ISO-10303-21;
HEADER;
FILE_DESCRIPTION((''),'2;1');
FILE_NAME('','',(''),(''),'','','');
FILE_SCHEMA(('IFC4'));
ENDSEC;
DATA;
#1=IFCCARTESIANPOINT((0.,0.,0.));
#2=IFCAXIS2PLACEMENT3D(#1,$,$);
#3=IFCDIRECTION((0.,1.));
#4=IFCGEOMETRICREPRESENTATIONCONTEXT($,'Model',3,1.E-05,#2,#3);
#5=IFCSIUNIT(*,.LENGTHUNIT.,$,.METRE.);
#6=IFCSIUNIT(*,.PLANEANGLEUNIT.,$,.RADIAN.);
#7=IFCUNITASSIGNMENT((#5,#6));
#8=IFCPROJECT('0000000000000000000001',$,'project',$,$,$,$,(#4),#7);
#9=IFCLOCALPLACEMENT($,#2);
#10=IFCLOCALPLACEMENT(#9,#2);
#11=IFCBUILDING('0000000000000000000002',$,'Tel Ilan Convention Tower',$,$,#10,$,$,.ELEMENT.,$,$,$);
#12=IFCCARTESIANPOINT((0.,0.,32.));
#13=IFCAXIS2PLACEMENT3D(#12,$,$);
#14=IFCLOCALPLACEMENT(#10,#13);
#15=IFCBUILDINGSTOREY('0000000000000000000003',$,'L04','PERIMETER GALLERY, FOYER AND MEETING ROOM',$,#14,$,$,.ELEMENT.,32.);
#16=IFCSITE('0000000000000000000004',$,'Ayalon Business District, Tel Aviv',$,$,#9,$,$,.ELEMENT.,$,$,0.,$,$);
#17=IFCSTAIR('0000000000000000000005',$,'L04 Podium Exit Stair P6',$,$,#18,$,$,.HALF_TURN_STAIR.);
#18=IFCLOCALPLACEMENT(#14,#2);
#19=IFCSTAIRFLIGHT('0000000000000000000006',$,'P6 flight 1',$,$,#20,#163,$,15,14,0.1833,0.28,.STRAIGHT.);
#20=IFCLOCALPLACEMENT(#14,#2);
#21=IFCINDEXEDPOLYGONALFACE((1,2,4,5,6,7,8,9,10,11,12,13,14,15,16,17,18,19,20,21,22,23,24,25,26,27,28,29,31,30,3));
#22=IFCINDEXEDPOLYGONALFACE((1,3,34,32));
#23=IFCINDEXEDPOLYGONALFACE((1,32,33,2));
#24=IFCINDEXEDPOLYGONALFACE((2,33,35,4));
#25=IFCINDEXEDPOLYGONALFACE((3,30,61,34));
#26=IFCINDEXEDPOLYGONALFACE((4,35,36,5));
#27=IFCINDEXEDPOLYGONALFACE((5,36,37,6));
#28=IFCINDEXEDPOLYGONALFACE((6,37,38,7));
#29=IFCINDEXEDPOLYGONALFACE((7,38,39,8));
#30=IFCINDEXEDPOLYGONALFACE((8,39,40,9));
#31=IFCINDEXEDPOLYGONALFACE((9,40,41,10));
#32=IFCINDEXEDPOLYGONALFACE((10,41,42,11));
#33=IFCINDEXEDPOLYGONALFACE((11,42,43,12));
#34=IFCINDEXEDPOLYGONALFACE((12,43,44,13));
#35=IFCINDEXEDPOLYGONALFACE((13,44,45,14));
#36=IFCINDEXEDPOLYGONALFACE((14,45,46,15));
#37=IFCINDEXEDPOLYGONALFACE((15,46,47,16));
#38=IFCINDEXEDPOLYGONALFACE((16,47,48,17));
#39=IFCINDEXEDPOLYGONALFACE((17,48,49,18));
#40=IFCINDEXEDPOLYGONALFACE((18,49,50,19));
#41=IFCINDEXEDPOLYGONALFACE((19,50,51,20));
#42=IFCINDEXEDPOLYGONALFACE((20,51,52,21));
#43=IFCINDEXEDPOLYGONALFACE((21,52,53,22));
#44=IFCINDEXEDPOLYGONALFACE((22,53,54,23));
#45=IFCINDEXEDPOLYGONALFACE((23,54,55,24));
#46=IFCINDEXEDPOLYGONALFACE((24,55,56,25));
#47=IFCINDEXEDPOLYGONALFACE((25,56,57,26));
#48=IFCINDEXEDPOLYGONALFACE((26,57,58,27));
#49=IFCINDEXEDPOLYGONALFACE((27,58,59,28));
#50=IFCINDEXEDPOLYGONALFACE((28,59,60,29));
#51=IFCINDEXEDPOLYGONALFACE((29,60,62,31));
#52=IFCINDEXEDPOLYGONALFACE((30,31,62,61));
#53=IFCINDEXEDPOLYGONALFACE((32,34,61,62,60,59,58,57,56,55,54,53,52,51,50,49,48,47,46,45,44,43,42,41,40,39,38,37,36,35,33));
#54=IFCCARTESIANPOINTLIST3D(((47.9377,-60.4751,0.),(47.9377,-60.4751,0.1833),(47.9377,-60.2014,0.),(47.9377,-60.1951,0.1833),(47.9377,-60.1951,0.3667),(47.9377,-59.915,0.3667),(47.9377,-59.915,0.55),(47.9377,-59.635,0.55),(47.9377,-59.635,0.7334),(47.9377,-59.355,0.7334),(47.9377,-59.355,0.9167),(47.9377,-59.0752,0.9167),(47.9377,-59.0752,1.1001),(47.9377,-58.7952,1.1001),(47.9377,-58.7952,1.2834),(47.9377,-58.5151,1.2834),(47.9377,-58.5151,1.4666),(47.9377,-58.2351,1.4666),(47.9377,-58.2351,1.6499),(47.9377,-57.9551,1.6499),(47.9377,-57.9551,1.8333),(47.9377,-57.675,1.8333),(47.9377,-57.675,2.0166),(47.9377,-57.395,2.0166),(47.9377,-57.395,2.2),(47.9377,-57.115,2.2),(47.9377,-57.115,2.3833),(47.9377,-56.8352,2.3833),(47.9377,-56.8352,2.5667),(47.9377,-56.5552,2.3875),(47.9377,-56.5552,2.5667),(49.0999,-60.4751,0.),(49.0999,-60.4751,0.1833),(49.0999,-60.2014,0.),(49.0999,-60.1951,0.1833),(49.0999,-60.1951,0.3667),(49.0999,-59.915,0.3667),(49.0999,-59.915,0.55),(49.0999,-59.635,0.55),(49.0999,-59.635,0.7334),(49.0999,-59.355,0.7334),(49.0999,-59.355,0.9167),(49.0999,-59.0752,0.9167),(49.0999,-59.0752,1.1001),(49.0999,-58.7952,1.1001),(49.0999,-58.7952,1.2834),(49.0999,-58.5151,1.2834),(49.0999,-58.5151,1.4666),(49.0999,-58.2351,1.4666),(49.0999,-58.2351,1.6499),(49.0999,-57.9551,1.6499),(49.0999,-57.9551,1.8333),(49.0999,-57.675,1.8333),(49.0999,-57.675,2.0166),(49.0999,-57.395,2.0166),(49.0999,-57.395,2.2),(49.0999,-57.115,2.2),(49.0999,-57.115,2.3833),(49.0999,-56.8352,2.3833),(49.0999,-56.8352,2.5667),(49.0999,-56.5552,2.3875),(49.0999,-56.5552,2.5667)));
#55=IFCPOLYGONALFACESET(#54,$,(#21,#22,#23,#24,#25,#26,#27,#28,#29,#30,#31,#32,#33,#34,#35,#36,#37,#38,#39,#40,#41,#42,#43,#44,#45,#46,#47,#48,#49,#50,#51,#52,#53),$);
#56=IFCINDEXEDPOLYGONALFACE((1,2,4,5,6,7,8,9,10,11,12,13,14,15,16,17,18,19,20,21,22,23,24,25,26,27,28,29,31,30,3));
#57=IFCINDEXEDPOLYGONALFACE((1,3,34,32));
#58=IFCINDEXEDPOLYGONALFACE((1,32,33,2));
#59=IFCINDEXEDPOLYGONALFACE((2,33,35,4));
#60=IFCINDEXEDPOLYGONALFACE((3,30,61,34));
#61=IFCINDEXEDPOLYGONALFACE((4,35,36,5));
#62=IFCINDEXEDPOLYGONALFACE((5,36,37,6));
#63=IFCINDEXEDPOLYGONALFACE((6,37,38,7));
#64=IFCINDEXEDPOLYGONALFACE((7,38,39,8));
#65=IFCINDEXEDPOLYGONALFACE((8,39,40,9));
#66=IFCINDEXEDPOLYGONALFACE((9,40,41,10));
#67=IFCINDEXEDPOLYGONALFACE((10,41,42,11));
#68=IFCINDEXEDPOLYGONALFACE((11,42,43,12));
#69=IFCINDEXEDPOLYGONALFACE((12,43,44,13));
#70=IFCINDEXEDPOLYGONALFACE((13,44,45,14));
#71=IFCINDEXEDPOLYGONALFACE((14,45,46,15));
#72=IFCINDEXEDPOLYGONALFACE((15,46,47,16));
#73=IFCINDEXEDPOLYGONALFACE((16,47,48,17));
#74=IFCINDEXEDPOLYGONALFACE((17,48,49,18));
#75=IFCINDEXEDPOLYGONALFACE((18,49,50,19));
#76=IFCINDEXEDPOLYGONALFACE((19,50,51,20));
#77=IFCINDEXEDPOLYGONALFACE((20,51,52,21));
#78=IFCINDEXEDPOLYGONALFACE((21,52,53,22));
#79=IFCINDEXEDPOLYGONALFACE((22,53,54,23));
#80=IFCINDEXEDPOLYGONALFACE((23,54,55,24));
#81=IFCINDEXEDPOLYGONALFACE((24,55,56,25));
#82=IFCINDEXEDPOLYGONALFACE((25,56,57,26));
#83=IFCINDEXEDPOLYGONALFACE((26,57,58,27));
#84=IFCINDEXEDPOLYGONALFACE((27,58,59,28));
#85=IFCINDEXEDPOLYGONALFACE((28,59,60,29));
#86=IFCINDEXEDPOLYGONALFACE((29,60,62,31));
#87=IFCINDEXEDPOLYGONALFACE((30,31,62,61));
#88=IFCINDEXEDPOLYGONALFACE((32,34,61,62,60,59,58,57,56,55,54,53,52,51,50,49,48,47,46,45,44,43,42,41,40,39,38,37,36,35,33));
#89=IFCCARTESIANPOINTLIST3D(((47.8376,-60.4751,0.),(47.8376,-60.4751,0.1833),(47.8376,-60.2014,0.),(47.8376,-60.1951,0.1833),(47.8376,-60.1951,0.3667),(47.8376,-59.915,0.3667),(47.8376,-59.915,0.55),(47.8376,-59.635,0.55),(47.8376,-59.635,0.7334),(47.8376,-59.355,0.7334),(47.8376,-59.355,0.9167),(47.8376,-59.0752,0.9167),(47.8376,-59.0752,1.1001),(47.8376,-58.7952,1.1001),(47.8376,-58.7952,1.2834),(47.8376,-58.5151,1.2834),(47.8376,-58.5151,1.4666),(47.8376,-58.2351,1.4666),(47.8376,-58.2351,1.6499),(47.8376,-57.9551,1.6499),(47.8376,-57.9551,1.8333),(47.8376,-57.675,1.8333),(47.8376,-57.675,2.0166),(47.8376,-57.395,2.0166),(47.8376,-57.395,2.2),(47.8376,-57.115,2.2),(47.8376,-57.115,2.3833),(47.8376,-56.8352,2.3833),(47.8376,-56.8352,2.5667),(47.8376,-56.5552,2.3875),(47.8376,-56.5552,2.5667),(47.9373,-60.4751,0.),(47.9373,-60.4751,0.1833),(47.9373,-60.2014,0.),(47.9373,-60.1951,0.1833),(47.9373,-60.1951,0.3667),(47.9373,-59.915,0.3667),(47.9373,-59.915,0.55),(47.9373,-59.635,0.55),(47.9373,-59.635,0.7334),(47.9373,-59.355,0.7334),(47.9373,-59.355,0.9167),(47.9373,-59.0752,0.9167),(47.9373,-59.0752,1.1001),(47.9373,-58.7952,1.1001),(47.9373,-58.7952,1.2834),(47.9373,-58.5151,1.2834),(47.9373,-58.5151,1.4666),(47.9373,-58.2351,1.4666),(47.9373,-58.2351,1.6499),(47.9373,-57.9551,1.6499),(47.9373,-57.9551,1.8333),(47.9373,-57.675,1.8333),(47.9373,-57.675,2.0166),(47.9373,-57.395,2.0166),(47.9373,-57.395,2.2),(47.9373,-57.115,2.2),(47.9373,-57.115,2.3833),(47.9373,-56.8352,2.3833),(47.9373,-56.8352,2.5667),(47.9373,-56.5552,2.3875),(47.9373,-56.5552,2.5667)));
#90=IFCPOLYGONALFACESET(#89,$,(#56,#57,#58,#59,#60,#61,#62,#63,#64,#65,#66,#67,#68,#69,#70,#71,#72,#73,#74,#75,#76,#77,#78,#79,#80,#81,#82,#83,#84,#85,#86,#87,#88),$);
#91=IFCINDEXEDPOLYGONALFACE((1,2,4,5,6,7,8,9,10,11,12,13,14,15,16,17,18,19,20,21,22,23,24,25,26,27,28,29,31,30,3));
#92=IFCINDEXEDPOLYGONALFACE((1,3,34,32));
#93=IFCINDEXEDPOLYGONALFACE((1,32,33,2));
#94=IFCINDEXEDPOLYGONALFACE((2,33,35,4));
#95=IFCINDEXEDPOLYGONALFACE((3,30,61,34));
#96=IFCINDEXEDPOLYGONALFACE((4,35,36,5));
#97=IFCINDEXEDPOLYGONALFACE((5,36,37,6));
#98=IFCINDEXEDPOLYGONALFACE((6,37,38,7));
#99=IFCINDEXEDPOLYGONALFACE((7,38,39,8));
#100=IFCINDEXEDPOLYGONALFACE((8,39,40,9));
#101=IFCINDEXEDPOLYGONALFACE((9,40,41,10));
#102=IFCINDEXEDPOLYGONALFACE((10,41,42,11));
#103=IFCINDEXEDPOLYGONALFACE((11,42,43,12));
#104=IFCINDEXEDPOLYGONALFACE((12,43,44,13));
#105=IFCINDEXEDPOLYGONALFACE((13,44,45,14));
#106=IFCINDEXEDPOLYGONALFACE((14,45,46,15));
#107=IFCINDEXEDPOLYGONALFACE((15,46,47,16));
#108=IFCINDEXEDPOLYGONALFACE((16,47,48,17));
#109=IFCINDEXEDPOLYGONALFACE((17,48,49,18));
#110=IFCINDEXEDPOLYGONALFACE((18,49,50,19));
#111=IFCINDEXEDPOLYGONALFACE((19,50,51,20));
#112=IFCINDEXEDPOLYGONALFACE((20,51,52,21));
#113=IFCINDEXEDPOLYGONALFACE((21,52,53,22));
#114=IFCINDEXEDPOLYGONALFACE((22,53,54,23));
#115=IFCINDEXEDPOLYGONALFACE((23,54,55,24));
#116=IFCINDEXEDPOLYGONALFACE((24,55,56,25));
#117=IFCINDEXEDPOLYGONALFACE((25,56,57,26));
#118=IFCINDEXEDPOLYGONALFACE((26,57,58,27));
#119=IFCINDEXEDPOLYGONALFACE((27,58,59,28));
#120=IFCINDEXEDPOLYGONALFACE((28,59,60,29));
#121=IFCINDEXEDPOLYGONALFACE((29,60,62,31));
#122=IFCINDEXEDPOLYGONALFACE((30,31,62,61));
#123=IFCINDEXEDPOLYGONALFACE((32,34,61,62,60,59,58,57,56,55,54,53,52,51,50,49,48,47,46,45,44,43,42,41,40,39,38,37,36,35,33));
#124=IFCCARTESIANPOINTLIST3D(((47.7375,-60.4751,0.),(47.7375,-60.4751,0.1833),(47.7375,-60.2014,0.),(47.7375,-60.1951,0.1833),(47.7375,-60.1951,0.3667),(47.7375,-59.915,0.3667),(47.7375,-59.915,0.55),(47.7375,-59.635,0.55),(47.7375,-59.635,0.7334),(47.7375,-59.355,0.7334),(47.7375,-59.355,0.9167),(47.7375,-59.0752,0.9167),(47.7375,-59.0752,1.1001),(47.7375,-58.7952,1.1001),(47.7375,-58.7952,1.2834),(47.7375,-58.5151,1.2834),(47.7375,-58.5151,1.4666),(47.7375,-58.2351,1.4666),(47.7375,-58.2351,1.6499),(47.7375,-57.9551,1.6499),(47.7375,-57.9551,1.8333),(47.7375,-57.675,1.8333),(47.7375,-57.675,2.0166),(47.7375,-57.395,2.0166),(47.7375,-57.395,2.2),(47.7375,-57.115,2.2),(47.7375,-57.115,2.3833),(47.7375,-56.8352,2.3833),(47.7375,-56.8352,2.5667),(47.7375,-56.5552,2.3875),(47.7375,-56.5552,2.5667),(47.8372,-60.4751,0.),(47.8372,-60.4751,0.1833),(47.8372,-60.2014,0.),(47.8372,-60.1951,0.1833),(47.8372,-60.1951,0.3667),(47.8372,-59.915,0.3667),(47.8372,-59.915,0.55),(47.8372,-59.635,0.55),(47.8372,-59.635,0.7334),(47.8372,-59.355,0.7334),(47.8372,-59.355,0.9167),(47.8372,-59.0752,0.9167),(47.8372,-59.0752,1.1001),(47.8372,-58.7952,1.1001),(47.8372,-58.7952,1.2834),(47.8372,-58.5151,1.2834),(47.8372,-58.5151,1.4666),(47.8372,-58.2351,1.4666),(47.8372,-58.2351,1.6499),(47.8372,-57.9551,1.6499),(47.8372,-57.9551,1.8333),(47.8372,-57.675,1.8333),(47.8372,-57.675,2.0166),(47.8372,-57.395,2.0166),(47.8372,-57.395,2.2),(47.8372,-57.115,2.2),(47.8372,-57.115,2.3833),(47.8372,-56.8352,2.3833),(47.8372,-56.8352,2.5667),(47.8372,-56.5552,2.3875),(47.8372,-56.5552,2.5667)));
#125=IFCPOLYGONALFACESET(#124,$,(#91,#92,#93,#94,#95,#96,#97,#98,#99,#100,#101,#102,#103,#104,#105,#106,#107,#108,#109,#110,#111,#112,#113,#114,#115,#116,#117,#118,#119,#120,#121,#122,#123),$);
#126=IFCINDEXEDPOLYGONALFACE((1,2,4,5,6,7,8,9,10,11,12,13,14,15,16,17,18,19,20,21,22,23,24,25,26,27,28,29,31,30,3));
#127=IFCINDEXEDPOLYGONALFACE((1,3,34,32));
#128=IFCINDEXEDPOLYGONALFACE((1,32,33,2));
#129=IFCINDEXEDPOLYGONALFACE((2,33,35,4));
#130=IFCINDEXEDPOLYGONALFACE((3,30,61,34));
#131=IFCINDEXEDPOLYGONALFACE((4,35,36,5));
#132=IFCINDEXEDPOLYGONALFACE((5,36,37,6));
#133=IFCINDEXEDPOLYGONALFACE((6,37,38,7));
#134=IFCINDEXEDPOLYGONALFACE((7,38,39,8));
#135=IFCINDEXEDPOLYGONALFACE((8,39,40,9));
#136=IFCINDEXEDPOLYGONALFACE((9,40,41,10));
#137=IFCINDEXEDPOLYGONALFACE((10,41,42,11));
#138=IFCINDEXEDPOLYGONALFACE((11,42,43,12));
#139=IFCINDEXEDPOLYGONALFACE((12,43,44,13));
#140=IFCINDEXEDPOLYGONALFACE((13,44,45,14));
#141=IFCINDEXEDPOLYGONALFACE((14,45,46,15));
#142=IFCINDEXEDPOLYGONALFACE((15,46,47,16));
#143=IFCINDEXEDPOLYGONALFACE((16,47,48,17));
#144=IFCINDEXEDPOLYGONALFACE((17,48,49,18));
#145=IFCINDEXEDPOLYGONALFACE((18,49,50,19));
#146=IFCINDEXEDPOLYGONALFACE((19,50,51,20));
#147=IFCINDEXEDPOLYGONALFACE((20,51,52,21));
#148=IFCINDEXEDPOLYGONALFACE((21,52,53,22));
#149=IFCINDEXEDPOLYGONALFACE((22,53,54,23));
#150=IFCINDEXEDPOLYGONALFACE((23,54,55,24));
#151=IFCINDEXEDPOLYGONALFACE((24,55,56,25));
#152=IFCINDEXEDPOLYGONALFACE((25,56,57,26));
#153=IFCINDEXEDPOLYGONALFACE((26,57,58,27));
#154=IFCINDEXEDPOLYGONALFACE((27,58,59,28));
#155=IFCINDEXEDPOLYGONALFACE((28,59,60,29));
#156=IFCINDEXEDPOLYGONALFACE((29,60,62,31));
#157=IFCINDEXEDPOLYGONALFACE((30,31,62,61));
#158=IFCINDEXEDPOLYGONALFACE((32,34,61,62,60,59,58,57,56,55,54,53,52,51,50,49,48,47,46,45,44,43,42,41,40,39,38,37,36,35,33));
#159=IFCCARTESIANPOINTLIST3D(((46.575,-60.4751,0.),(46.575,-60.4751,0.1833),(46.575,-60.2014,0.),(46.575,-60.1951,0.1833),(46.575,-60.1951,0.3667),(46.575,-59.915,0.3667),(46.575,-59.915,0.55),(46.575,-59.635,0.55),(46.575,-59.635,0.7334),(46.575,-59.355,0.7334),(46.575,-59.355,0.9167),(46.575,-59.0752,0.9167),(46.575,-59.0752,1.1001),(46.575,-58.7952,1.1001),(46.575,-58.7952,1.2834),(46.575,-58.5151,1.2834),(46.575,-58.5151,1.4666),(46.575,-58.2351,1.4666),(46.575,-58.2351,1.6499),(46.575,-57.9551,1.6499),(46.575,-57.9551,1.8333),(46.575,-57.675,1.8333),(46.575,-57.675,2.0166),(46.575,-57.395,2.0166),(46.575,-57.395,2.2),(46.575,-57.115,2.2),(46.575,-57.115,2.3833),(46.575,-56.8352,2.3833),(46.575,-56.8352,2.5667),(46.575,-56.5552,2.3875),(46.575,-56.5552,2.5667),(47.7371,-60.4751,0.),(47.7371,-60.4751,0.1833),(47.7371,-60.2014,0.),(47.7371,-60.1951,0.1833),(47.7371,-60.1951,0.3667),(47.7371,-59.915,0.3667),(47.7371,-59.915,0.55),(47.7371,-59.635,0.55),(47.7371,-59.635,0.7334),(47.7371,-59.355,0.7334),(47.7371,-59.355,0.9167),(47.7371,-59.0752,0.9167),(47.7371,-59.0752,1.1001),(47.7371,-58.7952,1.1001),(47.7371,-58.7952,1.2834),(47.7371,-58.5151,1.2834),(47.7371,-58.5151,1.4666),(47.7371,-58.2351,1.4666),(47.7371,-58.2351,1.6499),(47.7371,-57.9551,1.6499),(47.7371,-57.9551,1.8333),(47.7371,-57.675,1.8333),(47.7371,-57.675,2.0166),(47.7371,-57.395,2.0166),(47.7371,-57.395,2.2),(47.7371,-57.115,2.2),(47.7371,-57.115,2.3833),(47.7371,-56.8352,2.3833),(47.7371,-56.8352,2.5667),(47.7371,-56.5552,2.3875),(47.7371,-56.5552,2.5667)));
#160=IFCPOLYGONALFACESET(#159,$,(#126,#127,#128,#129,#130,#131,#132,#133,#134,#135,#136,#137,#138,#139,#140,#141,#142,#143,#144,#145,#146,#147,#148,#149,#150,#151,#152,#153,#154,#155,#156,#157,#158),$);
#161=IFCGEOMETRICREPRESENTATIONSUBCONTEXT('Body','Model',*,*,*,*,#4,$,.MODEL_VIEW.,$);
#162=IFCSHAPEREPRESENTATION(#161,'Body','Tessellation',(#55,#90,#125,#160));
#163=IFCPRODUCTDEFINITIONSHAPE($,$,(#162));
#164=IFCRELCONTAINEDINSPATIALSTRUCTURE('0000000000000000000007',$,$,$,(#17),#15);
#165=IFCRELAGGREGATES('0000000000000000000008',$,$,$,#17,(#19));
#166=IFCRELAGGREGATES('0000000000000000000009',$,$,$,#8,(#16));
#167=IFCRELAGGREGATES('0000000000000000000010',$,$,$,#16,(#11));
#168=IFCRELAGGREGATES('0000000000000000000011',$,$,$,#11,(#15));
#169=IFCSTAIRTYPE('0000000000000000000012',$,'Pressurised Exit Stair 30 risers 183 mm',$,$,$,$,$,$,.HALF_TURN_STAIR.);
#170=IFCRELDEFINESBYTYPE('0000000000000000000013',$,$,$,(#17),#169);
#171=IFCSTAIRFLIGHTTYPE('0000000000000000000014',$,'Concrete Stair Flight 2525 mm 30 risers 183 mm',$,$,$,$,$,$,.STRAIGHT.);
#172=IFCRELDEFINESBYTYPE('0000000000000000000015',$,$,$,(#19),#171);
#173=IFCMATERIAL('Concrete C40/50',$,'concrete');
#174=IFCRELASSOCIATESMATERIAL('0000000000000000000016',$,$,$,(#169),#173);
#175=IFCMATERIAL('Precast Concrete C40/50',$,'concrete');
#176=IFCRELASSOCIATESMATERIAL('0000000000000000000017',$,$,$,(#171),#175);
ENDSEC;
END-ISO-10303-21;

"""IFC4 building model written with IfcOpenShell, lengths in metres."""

from ifc_helpers import new_model, si_unit, direction, frame, origin, place, context, subcontext, project, spatial, polyline, outline, extrude, material, type_object, element, aggregate, save


model = new_model("IFC4")

# Units and contexts
model_context = context("Model", 3, precision=1e-05, world=origin(), true_north=direction((0.0, 1.0)))
body_context = subcontext(model_context, "Body", "Model", "MODEL_VIEW")
ifc_project = project(units=[si_unit("LENGTHUNIT", "METRE"), si_unit("PLANEANGLEUNIT", "RADIAN")], contexts=[model_context])

# Site, building, storey
site_placement = place(None, origin())
site = spatial("IfcSite", under=ifc_project, at=site_placement, Name="Ayalon Business District, Tel Aviv", CompositionType="ELEMENT", RefElevation=0.0)
building_placement = place(site_placement, origin())
building = spatial("IfcBuilding", under=site, at=building_placement, Name="Tel Ilan Convention Tower", CompositionType="ELEMENT")
storey_placement = place(building_placement, frame((0.0, 0.0, 32.0)))
storey = spatial("IfcBuildingStorey", under=building, at=storey_placement, Name="L04", Description="PERIMETER GALLERY, FOYER AND MEETING ROOM", CompositionType="ELEMENT", Elevation=32.0)

# Stair, stair flight
ifc_material_1 = material(Name="Concrete C40/50", Category="concrete")
stair_type = type_object("IfcStairType", Name="Pressurised Exit Stair 30 risers 183 mm", PredefinedType="HALF_TURN_STAIR", material=ifc_material_1)
stair_1_placement = place(storey_placement, origin())
stair_1 = element("IfcStair", 1, at=stair_1_placement, inside=storey, type_object=stair_type, Name="L04 Podium Exit Stair P6", PredefinedType="HALF_TURN_STAIR")
ifc_material_2 = material(Name="Precast Concrete C40/50", Category="concrete")
stair_flight_type = type_object("IfcStairFlightType", Name="Concrete Stair Flight 2525 mm 30 risers 183 mm", PredefinedType="STRAIGHT", material=ifc_material_2)
stair_flight_1_placement = place(storey_placement, frame((47.8374, -60.4751, 0.0), z_axis=(0.0, 0.0, 1.0), x_axis=(0.0, 1.0, 0.0)))
stair_flight_1 = element("IfcStairFlight", 2, at=stair_flight_1_placement, type_object=stair_flight_type, Name="P6 flight 1", NumberOfRisers=15, NumberOfTreads=14, PredefinedType="STRAIGHT", RiserHeight=0.1833, TreadLength=0.28, context=body_context, shape_type="SweptSolid", body=[
    extrude(outline(polyline([(0.0, 0.0), (0.0, 0.1833), (0.28, 0.1833), (0.28, 0.3667), (0.5601, 0.3667), (0.5601, 0.55), (0.8401, 0.55), (0.8401, 0.7334), (1.1201, 0.7334), (1.1201, 0.9167), (1.3999, 0.9167), (1.3999, 1.1001), (1.6799, 1.1001), (1.6799, 1.2834), (1.96, 1.2834), (1.96, 1.4666), (2.24, 1.4666), (2.24, 1.6499), (2.52, 1.6499), (2.52, 1.8333), (2.8, 1.8333), (2.8, 2.0166), (3.0801, 2.0166), (3.0801, 2.2), (3.3601, 2.2), (3.3601, 2.3833), (3.6399, 2.3833), (3.6399, 2.5667), (3.9199, 2.5667), (3.9199, 2.75), (3.9199, 2.3875), (0.2737, 0.0), (0.0, 0.0)])), frame((0.0, -0.1003, 0.0), z_axis=(0.0, -1.0, 0.0), x_axis=(1.0, 0.0, 0.0)), (0.0, 0.0, 1.0), 1.1621),
    extrude(outline(polyline([(0.0, 0.0), (0.0, 0.1833), (0.28, 0.1833), (0.28, 0.3667), (0.5601, 0.3667), (0.5601, 0.55), (0.8401, 0.55), (0.8401, 0.7334), (1.1201, 0.7334), (1.1201, 0.9167), (1.3999, 0.9167), (1.3999, 1.1001), (1.6799, 1.1001), (1.6799, 1.2834), (1.96, 1.2834), (1.96, 1.4666), (2.24, 1.4666), (2.24, 1.6499), (2.52, 1.6499), (2.52, 1.8333), (2.8, 1.8333), (2.8, 2.0166), (3.0801, 2.0166), (3.0801, 2.2), (3.3601, 2.2), (3.3601, 2.3833), (3.6399, 2.3833), (3.6399, 2.5667), (3.9199, 2.5667), (3.9199, 2.75), (3.9199, 2.3875), (0.2737, 0.0), (0.0, 0.0)])), frame((0.0, -0.0002, 0.0), z_axis=(0.0, -1.0, 0.0), x_axis=(1.0, 0.0, 0.0)), (0.0, 0.0, 1.0), 0.0996),
    extrude(outline(polyline([(0.0, 0.0), (0.0, 0.1833), (0.28, 0.1833), (0.28, 0.3667), (0.5601, 0.3667), (0.5601, 0.55), (0.8401, 0.55), (0.8401, 0.7334), (1.1201, 0.7334), (1.1201, 0.9167), (1.3999, 0.9167), (1.3999, 1.1001), (1.6799, 1.1001), (1.6799, 1.2834), (1.96, 1.2834), (1.96, 1.4666), (2.24, 1.4666), (2.24, 1.6499), (2.52, 1.6499), (2.52, 1.8333), (2.8, 1.8333), (2.8, 2.0166), (3.0801, 2.0166), (3.0801, 2.2), (3.3601, 2.2), (3.3601, 2.3833), (3.6399, 2.3833), (3.6399, 2.5667), (3.9199, 2.5667), (3.9199, 2.75), (3.9199, 2.3875), (0.2737, 0.0), (0.0, 0.0)])), frame((0.0, 0.0999, 0.0), z_axis=(0.0, -1.0, 0.0), x_axis=(1.0, 0.0, 0.0)), (0.0, 0.0, 1.0), 0.0996),
    extrude(outline(polyline([(0.0, 0.0), (0.0, 0.1833), (0.28, 0.1833), (0.28, 0.3667), (0.5601, 0.3667), (0.5601, 0.55), (0.8401, 0.55), (0.8401, 0.7334), (1.1201, 0.7334), (1.1201, 0.9167), (1.3999, 0.9167), (1.3999, 1.1001), (1.6799, 1.1001), (1.6799, 1.2834), (1.96, 1.2834), (1.96, 1.4666), (2.24, 1.4666), (2.24, 1.6499), (2.52, 1.6499), (2.52, 1.8333), (2.8, 1.8333), (2.8, 2.0166), (3.0801, 2.0166), (3.0801, 2.2), (3.3601, 2.2), (3.3601, 2.3833), (3.6399, 2.3833), (3.6399, 2.5667), (3.9199, 2.5667), (3.9199, 2.75), (3.9199, 2.3875), (0.2737, 0.0), (0.0, 0.0)])), frame((0.0, 1.2625, 0.0), z_axis=(0.0, -1.0, 0.0), x_axis=(1.0, 0.0, 0.0)), (0.0, 0.0, 1.0), 1.1621),
])
aggregate(stair_1, [stair_flight_1])

save(model, "model.ifc")
